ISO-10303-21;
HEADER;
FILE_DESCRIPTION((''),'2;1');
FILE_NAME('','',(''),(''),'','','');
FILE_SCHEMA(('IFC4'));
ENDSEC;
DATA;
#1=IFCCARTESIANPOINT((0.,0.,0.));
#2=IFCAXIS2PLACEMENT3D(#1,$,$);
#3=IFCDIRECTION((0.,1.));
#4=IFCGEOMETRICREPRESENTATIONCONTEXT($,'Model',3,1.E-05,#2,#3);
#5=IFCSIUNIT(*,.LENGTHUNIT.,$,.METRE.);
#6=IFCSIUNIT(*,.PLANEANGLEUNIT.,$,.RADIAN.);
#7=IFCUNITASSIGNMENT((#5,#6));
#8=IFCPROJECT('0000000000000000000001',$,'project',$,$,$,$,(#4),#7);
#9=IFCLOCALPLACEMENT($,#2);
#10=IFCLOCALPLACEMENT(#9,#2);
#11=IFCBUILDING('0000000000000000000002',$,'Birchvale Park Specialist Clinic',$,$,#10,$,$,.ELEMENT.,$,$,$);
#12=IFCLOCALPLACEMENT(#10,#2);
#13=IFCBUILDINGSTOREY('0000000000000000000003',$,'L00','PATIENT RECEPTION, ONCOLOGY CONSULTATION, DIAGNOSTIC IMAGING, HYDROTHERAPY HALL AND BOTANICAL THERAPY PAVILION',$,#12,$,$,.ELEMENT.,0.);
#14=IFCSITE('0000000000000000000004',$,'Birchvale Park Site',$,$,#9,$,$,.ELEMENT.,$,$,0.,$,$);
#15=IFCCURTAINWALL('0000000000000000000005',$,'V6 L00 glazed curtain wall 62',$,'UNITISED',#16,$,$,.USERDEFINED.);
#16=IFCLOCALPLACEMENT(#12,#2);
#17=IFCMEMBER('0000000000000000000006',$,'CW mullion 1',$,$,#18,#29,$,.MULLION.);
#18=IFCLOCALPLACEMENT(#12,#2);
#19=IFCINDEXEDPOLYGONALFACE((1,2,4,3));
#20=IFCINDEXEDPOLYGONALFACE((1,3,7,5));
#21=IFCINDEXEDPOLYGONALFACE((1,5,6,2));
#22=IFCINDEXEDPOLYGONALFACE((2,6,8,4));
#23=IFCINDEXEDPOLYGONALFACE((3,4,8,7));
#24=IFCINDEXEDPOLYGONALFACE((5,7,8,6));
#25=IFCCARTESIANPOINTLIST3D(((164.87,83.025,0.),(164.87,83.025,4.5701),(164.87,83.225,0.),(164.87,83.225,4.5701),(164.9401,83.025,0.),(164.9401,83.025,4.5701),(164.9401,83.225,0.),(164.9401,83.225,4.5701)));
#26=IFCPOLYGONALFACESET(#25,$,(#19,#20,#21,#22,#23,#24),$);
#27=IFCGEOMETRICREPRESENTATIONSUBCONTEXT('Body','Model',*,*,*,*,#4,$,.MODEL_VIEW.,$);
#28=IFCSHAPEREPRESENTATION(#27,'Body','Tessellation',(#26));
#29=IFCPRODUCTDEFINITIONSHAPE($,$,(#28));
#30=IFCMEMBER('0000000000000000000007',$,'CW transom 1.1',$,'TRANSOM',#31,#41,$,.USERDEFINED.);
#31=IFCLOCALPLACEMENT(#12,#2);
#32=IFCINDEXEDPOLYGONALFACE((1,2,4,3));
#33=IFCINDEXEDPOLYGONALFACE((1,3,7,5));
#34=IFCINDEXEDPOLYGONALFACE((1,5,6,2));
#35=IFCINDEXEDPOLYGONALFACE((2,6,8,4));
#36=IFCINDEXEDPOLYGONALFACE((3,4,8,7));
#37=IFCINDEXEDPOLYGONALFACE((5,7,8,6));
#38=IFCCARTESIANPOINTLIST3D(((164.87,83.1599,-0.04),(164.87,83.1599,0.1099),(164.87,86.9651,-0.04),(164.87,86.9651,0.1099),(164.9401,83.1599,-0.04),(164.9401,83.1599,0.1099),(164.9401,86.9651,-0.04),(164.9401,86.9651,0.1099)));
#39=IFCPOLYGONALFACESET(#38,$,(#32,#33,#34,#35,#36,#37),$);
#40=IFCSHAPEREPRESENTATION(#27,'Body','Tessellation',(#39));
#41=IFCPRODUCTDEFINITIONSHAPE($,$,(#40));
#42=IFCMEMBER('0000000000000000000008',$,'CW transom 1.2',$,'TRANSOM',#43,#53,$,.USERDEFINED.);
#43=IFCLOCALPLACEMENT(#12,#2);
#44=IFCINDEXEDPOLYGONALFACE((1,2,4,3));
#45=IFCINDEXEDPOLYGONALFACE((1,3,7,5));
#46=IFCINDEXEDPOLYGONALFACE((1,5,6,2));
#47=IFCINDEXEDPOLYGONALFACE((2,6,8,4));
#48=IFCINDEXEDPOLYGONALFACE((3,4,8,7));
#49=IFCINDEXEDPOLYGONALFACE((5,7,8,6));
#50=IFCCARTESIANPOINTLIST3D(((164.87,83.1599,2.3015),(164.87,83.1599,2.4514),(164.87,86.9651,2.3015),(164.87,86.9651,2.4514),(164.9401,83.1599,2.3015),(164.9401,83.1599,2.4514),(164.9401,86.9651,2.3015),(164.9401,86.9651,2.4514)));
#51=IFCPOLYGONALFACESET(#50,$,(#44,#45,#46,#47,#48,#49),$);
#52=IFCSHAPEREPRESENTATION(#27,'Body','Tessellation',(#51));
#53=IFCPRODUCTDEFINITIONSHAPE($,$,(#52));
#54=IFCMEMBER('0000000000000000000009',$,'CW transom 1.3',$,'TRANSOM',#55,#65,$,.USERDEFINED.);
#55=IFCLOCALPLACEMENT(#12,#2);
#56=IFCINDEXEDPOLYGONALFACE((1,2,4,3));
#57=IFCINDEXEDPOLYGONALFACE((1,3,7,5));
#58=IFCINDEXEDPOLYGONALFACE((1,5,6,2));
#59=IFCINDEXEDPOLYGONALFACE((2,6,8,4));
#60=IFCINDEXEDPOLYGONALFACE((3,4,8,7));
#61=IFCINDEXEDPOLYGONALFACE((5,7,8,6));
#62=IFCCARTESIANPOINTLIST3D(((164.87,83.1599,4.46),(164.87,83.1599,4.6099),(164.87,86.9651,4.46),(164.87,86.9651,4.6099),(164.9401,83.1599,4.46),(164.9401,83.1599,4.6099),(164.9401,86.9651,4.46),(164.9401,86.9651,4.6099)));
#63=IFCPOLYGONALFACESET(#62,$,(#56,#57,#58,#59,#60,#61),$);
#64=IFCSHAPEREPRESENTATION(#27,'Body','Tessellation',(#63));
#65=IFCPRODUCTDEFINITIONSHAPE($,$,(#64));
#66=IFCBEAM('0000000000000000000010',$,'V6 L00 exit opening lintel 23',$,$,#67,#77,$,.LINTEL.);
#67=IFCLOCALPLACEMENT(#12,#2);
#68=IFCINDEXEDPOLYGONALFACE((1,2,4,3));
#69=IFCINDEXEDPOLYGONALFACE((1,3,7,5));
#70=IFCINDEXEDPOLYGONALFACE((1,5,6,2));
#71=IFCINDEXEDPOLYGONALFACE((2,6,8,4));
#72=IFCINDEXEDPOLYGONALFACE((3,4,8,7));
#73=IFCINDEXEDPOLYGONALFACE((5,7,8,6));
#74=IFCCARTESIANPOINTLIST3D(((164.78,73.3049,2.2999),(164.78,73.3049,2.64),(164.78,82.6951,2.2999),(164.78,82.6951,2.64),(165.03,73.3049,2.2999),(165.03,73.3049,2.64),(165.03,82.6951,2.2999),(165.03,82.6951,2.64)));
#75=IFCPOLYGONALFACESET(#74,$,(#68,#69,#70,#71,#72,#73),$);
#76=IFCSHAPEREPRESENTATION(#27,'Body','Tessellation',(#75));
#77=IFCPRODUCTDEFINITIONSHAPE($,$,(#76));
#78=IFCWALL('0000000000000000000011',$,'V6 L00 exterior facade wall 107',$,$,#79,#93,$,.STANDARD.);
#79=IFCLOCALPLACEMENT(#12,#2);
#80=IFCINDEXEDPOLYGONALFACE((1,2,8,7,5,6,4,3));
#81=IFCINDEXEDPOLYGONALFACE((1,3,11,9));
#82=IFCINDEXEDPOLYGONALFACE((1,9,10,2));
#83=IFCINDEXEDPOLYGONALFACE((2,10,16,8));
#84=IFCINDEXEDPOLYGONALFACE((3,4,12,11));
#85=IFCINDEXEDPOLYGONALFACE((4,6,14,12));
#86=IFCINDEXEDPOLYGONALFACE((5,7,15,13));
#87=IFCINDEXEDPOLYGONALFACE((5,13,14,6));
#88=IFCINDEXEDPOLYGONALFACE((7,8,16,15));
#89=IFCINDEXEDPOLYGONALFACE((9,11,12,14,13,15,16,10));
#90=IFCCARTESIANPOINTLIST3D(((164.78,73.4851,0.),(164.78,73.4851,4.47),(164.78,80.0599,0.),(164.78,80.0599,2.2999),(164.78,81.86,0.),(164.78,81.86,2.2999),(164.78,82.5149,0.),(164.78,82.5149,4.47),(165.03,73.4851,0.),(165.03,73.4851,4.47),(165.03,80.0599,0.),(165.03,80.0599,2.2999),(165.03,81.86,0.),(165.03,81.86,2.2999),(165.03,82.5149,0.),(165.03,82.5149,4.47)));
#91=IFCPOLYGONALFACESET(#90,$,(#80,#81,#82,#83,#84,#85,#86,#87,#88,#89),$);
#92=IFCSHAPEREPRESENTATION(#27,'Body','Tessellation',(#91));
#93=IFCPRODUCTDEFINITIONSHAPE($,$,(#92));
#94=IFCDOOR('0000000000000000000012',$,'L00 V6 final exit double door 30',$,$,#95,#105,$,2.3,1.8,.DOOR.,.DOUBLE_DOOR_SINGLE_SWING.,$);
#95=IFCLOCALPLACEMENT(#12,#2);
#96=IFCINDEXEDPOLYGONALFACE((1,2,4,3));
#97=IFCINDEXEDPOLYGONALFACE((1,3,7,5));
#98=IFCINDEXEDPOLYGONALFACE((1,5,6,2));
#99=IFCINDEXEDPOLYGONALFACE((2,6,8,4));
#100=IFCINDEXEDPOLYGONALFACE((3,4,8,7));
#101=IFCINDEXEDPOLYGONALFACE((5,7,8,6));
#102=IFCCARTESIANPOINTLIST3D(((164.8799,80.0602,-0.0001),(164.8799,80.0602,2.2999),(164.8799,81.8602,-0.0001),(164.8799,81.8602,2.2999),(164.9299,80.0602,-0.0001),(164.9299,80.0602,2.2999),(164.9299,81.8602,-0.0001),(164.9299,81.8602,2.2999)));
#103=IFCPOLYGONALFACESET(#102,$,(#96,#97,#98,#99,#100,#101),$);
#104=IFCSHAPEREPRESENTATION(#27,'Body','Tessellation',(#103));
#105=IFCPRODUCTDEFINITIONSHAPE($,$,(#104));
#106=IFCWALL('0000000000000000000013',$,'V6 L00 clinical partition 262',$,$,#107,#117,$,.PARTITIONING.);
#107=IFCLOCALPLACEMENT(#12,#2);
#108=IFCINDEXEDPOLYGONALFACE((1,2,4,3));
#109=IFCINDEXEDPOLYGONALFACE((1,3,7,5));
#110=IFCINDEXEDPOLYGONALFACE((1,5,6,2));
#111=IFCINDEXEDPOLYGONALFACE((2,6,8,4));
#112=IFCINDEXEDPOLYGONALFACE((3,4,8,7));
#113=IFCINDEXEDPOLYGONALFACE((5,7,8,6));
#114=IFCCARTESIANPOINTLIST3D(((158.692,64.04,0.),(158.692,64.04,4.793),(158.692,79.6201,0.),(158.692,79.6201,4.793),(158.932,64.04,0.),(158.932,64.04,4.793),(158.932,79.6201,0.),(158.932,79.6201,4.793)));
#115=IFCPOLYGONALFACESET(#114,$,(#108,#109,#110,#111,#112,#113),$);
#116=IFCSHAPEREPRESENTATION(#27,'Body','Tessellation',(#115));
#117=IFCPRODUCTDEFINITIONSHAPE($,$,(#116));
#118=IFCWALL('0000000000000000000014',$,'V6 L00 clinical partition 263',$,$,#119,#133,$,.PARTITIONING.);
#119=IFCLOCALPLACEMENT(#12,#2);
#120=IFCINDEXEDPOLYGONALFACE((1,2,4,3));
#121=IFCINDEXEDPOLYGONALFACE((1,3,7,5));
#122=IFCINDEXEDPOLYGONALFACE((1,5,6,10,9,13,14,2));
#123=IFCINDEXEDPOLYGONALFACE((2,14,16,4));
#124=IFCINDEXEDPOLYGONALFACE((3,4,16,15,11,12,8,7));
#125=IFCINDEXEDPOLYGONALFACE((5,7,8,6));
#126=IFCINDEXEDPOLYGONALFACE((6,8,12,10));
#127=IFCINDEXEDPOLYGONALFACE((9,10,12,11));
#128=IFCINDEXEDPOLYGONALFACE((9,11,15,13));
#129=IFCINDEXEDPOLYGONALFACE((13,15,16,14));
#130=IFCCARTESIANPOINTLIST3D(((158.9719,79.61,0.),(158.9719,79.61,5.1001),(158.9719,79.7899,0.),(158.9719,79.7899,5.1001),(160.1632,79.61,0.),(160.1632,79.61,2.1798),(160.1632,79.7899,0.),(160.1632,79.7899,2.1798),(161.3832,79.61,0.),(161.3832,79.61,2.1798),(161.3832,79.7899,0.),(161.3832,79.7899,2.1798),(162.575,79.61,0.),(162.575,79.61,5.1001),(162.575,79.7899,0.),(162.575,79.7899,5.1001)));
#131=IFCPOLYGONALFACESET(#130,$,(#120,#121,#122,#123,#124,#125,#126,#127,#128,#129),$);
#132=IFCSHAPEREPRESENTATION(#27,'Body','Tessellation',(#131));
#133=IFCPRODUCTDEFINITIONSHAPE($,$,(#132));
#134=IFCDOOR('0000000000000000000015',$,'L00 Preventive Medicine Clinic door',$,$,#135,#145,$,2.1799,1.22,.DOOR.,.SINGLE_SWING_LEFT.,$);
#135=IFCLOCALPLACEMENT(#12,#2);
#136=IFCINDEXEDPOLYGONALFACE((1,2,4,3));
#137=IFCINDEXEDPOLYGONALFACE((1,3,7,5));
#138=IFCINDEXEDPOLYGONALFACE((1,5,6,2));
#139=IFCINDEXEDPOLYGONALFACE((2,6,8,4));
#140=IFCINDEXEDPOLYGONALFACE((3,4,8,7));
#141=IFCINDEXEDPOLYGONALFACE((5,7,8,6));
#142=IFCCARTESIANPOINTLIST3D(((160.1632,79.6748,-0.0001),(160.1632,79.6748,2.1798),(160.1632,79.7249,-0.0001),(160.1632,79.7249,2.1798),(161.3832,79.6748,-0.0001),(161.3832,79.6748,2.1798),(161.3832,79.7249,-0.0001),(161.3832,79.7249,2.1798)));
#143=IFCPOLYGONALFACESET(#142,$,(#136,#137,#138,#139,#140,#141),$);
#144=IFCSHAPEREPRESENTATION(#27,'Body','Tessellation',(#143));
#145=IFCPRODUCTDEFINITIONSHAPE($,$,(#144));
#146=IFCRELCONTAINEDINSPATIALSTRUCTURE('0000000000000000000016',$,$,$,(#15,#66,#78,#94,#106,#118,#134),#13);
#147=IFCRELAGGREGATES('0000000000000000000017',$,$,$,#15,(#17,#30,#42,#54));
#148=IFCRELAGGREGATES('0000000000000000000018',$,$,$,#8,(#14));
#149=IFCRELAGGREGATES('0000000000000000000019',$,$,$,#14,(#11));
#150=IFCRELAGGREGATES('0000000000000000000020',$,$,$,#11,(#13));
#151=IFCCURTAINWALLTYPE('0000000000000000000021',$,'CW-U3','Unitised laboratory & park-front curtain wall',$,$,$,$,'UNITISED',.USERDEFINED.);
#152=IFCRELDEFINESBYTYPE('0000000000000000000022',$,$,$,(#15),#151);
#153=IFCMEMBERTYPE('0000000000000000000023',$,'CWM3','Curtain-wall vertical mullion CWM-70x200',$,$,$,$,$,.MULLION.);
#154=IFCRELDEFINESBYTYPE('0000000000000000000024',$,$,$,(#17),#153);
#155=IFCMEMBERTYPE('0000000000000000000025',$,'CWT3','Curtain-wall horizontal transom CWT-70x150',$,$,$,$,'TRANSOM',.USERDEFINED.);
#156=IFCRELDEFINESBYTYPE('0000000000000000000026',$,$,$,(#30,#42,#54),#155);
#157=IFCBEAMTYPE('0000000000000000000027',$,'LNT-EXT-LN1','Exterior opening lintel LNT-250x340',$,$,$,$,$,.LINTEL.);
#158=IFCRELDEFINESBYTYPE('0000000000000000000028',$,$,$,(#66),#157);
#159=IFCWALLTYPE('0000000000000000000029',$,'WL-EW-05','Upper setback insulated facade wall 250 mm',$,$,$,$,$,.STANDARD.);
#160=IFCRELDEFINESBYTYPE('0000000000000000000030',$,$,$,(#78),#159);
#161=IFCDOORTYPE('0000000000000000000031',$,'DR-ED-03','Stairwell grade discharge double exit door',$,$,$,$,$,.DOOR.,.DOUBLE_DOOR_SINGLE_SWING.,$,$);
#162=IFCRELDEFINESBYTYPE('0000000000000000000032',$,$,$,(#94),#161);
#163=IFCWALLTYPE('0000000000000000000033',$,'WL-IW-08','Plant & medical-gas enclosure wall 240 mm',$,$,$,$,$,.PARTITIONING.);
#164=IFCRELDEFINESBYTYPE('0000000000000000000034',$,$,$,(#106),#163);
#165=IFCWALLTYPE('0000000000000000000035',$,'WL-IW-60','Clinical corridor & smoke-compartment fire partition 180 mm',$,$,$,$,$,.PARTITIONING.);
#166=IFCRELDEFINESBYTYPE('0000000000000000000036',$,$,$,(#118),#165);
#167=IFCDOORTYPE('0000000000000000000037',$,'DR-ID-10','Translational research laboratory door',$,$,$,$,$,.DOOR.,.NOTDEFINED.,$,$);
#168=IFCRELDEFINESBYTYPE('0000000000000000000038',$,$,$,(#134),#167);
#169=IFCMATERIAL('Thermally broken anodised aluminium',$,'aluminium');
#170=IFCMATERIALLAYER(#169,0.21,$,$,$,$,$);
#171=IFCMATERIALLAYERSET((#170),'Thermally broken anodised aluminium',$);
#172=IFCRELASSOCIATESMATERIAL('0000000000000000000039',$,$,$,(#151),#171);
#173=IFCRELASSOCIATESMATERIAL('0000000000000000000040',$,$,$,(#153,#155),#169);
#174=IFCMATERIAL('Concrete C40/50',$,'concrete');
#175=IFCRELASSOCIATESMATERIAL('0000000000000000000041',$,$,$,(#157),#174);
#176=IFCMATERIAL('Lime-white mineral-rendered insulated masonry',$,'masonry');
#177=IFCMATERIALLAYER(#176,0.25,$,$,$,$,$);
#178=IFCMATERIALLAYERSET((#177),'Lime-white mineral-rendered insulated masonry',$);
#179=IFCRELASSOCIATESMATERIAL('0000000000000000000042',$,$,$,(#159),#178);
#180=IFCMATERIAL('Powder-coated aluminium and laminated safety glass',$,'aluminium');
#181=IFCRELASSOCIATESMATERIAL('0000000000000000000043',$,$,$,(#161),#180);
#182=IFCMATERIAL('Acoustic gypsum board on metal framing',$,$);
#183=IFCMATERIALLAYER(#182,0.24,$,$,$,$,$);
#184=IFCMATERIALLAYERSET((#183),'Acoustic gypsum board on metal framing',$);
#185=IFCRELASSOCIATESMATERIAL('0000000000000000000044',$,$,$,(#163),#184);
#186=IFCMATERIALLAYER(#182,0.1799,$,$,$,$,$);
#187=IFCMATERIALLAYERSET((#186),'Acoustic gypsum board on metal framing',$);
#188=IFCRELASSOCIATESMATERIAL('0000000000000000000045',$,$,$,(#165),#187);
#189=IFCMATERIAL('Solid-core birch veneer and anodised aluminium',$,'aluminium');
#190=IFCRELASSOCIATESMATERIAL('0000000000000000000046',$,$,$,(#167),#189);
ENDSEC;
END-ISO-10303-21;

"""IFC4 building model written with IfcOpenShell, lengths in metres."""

from ifc_helpers import new_model, si_unit, direction, frame, frame_2d, origin, origin_2d, place, context, subcontext, project, spatial, rectangle, extrude, material, layer, layer_set, material_profile, profile_set, type_object, element, fill, aggregate, save


model = new_model("IFC4")

# Units and contexts
model_context = context("Model", 3, precision=1e-05, world=origin(), true_north=direction((0.0, 1.0)))
body_context = subcontext(model_context, "Body", "Model", "MODEL_VIEW")
ifc_project = project(units=[si_unit("LENGTHUNIT", "METRE"), si_unit("PLANEANGLEUNIT", "RADIAN")], contexts=[model_context])

# Site, building, storey
site_placement = place(None, origin())
site = spatial("IfcSite", under=ifc_project, at=site_placement, Name="Birchvale Park Site", CompositionType="ELEMENT", RefElevation=0.0)
building_placement = place(site_placement, origin())
building = spatial("IfcBuilding", under=site, at=building_placement, Name="Birchvale Park Specialist Clinic", CompositionType="ELEMENT")
storey_placement = place(building_placement, origin())
storey = spatial("IfcBuildingStorey", under=building, at=storey_placement, Name="L00", Description="PATIENT RECEPTION, ONCOLOGY CONSULTATION, DIAGNOSTIC IMAGING, HYDROTHERAPY HALL AND BOTANICAL THERAPY PAVILION", CompositionType="ELEMENT", Elevation=0.0)

# Shared definitions
ifc_material_1 = material(Name="Concrete C40/50", Category="concrete")

# Curtain wall, members
ifc_material_2 = material(Name="Thermally broken anodised aluminium", Category="aluminium")
ifc_layer_1 = layer(ifc_material_2, 0.21)
ifc_layer_set_1 = layer_set([ifc_layer_1], Name="Thermally broken anodised aluminium")
curtain_wall_type = type_object("IfcCurtainWallType", Name="CW-U3", Description="Unitised laboratory & park-front curtain wall", ElementType="UNITISED", PredefinedType="USERDEFINED", material=ifc_layer_set_1)
curtain_wall_placement = place(storey_placement, origin())
curtain_wall = element("IfcCurtainWall", 1, at=curtain_wall_placement, inside=storey, type_object=curtain_wall_type, Name="V6 L00 glazed curtain wall 62", ObjectType="UNITISED", PredefinedType="USERDEFINED")
ifc_material_profile_1 = material_profile(ifc_material_2, rectangle(XDim=0.0701, YDim=0.2, at=origin_2d()), Name="CWM-70x200")
ifc_profile_set_1 = profile_set([ifc_material_profile_1], Name="Thermally broken anodised aluminium")
member_type_1 = type_object("IfcMemberType", Name="CWM3", Description="Curtain-wall vertical mullion CWM-70x200", PredefinedType="MULLION", material=ifc_profile_set_1)
member_1_placement = place(storey_placement, frame((164.905, 83.125, 0.0), z_axis=(0.0, 0.0, 1.0), x_axis=(-1.0, 0.0, 0.0)))
member_1 = element("IfcMember", 2, at=member_1_placement, type_object=member_type_1, Name="CW mullion 1", PredefinedType="MULLION", context=body_context, shape_type="SweptSolid", body=[
    extrude(rectangle(XDim=0.0701, YDim=0.2, at=origin_2d()), origin(), (0.0, 0.0, 1.0), 4.5701),
])
ifc_material_profile_2 = material_profile(ifc_material_2, rectangle(XDim=0.0701, YDim=0.1499, at=origin_2d()), Name="CWT-70x150")
ifc_profile_set_2 = profile_set([ifc_material_profile_2], Name="Thermally broken anodised aluminium")
member_type_2 = type_object("IfcMemberType", Name="CWT3", Description="Curtain-wall horizontal transom CWT-70x150", ElementType="TRANSOM", PredefinedType="USERDEFINED", material=ifc_profile_set_2)
member_2_placement = place(storey_placement, frame((164.905, 83.1599, 0.0349), z_axis=(0.0, 1.0, 0.0), x_axis=(-1.0, 0.0, 0.0)))
member_2 = element("IfcMember", 3, at=member_2_placement, type_object=member_type_2, Name="CW transom 1.1", ObjectType="TRANSOM", PredefinedType="USERDEFINED", context=body_context, shape_type="SweptSolid", body=[
    extrude(rectangle(XDim=0.0701, YDim=0.1499, at=origin_2d()), origin(), (0.0, 0.0, 1.0), 3.8052),
])
member_3_placement = place(storey_placement, frame((164.905, 83.1599, 2.3765), z_axis=(0.0, 1.0, 0.0), x_axis=(-1.0, 0.0, 0.0)))
member_3 = element("IfcMember", 4, at=member_3_placement, type_object=member_type_2, Name="CW transom 1.2", ObjectType="TRANSOM", PredefinedType="USERDEFINED", context=body_context, shape_type="SweptSolid", body=[
    extrude(rectangle(XDim=0.0701, YDim=0.1499, at=origin_2d()), origin(), (0.0, 0.0, 1.0), 3.8052),
])
member_4_placement = place(storey_placement, frame((164.905, 83.1599, 4.5349), z_axis=(0.0, 1.0, 0.0), x_axis=(-1.0, 0.0, 0.0)))
member_4 = element("IfcMember", 5, at=member_4_placement, type_object=member_type_2, Name="CW transom 1.3", ObjectType="TRANSOM", PredefinedType="USERDEFINED", context=body_context, shape_type="SweptSolid", body=[
    extrude(rectangle(XDim=0.0701, YDim=0.1499, at=origin_2d()), origin(), (0.0, 0.0, 1.0), 3.8052),
])
aggregate(curtain_wall, [member_1, member_2, member_3, member_4])

# Beam
ifc_material_profile_3 = material_profile(ifc_material_1, rectangle(XDim=0.25, YDim=0.3401, at=origin_2d()), Name="LNT-250x340")
ifc_profile_set_3 = profile_set([ifc_material_profile_3], Name="Concrete C40/50")
beam_type = type_object("IfcBeamType", Name="LNT-EXT-LN1", Description="Exterior opening lintel LNT-250x340", PredefinedType="LINTEL", material=ifc_profile_set_3)
beam_placement = place(storey_placement, frame((164.905, 73.3049, 2.47), z_axis=(0.0, 1.0, 0.0), x_axis=(-1.0, 0.0, 0.0)))
element("IfcBeam", 6, at=beam_placement, inside=storey, type_object=beam_type, Name="V6 L00 exit opening lintel 23", PredefinedType="LINTEL", context=body_context, shape_type="SweptSolid", body=[
    extrude(rectangle(XDim=0.25, YDim=0.3401, at=origin_2d()), origin(), (0.0, 0.0, 1.0), 9.3901),
])

# Wall, opening, door
ifc_material_3 = material(Name="Lime-white mineral-rendered insulated masonry", Category="masonry")
ifc_layer_2 = layer(ifc_material_3, 0.25)
ifc_layer_set_2 = layer_set([ifc_layer_2], Name="Lime-white mineral-rendered insulated masonry")
wall_type_1 = type_object("IfcWallType", Name="WL-EW-05", Description="Upper setback insulated facade wall 250 mm", PredefinedType="STANDARD", material=ifc_layer_set_2)
wall_1_placement = place(storey_placement, frame((164.905, 73.4851, 0.0), z_axis=(0.0, 0.0, 1.0), x_axis=(0.0, 1.0, 0.0)))
wall_1 = element("IfcWall", 7, at=wall_1_placement, inside=storey, type_object=wall_type_1, Name="V6 L00 exterior facade wall 107", PredefinedType="STANDARD", context=body_context, shape_type="SweptSolid", body=[
    extrude(rectangle(XDim=9.0298, YDim=0.25, at=frame_2d((4.5149, 0.0))), origin(), (0.0, 0.0, 1.0), 4.47),
])
opening_1_placement = place(wall_1_placement, frame((6.575, 0.0, 0.0)))
opening_1 = element("IfcOpeningElement", 8, at=opening_1_placement, cuts=wall_1, PredefinedType="OPENING", context=body_context, shape_type="SweptSolid", body=[
    extrude(rectangle(XDim=1.8, YDim=2.3, at=frame_2d((0.8999, 1.1499))), frame((0.0, 0.135, 0.0), z_axis=(0.0, -1.0, 0.0), x_axis=(1.0, 0.0, 0.0)), (0.0, 0.0, 1.0), 0.27),
])
ifc_material_4 = material(Name="Powder-coated aluminium and laminated safety glass", Category="aluminium")
door_type_1 = type_object("IfcDoorType", Name="DR-ED-03", Description="Stairwell grade discharge double exit door", OperationType="DOUBLE_DOOR_SINGLE_SWING", PredefinedType="DOOR", material=ifc_material_4)
door_1_placement = place(opening_1_placement, frame((1.8, 0.0, 0.0), z_axis=(0.0, 0.0, 1.0), x_axis=(-1.0, 0.0, 0.0)))
door_1 = element("IfcDoor", 9, at=door_1_placement, inside=storey, type_object=door_type_1, Name="L00 V6 final exit double door 30", OperationType="DOUBLE_DOOR_SINGLE_SWING", OverallHeight=2.3, OverallWidth=1.8, PredefinedType="DOOR", context=body_context, shape_type="SweptSolid", body=[
    extrude(rectangle(XDim=1.8, YDim=2.3, at=frame_2d((0.8999, 1.1499))), frame((0.0, 0.0249, 0.0), z_axis=(0.0, -1.0, 0.0), x_axis=(1.0, 0.0, 0.0)), (0.0, 0.0, 1.0), 0.05),
])
fill(opening_1, door_1)

# Wall
ifc_material_5 = material(Name="Acoustic gypsum board on metal framing")
ifc_layer_3 = layer(ifc_material_5, 0.24)
ifc_layer_set_3 = layer_set([ifc_layer_3], Name="Acoustic gypsum board on metal framing")
wall_type_2 = type_object("IfcWallType", Name="WL-IW-08", Description="Plant & medical-gas enclosure wall 240 mm", PredefinedType="PARTITIONING", material=ifc_layer_set_3)
wall_2_placement = place(storey_placement, frame((158.812, 79.6201, 0.0), z_axis=(0.0, 0.0, 1.0), x_axis=(0.0, -1.0, 0.0)))
element("IfcWall", 10, at=wall_2_placement, inside=storey, type_object=wall_type_2, Name="V6 L00 clinical partition 262", PredefinedType="PARTITIONING", context=body_context, shape_type="SweptSolid", body=[
    extrude(rectangle(XDim=15.5801, YDim=0.24, at=frame_2d((7.79, 0.0))), origin(), (0.0, 0.0, 1.0), 4.793),
])

# Wall, opening, door
ifc_layer_4 = layer(ifc_material_5, 0.1799)
ifc_layer_set_4 = layer_set([ifc_layer_4], Name="Acoustic gypsum board on metal framing")
wall_type_3 = type_object("IfcWallType", Name="WL-IW-60", Description="Clinical corridor & smoke-compartment fire partition 180 mm", PredefinedType="PARTITIONING", material=ifc_layer_set_4)
wall_3_placement = place(storey_placement, frame((158.9719, 79.7, 0.0), z_axis=(0.0, 0.0, 1.0), x_axis=(1.0, 0.0, 0.0)))
wall_3 = element("IfcWall", 11, at=wall_3_placement, inside=storey, type_object=wall_type_3, Name="V6 L00 clinical partition 263", PredefinedType="PARTITIONING", context=body_context, shape_type="SweptSolid", body=[
    extrude(rectangle(XDim=3.603, YDim=0.1799, at=frame_2d((1.8015, 0.0))), origin(), (0.0, 0.0, 1.0), 5.1001),
])
opening_2_placement = place(wall_3_placement, frame((1.1914, 0.0, 0.0)))
opening_2 = element("IfcOpeningElement", 12, at=opening_2_placement, cuts=wall_3, PredefinedType="OPENING", context=body_context, shape_type="SweptSolid", body=[
    extrude(rectangle(XDim=1.22, YDim=2.1799, at=frame_2d((0.6099, 1.0898))), frame((0.0, 0.1001, 0.0), z_axis=(0.0, -1.0, 0.0), x_axis=(1.0, 0.0, 0.0)), (0.0, 0.0, 1.0), 0.2),
])
ifc_material_6 = material(Name="Solid-core birch veneer and anodised aluminium", Category="aluminium")
door_type_2 = type_object("IfcDoorType", Name="DR-ID-10", Description="Translational research laboratory door", OperationType="NOTDEFINED", PredefinedType="DOOR", material=ifc_material_6)
door_2_placement = place(opening_2_placement, origin())
door_2 = element("IfcDoor", 13, at=door_2_placement, inside=storey, type_object=door_type_2, Name="L00 Preventive Medicine Clinic door", OperationType="SINGLE_SWING_LEFT", OverallHeight=2.1799, OverallWidth=1.22, PredefinedType="DOOR", context=body_context, shape_type="SweptSolid", body=[
    extrude(rectangle(XDim=1.22, YDim=2.1799, at=frame_2d((0.6099, 1.0898))), frame((0.0, 0.0249, 0.0), z_axis=(0.0, -1.0, 0.0), x_axis=(1.0, 0.0, 0.0)), (0.0, 0.0, 1.0), 0.05),
])
fill(opening_2, door_2)

save(model, "model.ifc")
